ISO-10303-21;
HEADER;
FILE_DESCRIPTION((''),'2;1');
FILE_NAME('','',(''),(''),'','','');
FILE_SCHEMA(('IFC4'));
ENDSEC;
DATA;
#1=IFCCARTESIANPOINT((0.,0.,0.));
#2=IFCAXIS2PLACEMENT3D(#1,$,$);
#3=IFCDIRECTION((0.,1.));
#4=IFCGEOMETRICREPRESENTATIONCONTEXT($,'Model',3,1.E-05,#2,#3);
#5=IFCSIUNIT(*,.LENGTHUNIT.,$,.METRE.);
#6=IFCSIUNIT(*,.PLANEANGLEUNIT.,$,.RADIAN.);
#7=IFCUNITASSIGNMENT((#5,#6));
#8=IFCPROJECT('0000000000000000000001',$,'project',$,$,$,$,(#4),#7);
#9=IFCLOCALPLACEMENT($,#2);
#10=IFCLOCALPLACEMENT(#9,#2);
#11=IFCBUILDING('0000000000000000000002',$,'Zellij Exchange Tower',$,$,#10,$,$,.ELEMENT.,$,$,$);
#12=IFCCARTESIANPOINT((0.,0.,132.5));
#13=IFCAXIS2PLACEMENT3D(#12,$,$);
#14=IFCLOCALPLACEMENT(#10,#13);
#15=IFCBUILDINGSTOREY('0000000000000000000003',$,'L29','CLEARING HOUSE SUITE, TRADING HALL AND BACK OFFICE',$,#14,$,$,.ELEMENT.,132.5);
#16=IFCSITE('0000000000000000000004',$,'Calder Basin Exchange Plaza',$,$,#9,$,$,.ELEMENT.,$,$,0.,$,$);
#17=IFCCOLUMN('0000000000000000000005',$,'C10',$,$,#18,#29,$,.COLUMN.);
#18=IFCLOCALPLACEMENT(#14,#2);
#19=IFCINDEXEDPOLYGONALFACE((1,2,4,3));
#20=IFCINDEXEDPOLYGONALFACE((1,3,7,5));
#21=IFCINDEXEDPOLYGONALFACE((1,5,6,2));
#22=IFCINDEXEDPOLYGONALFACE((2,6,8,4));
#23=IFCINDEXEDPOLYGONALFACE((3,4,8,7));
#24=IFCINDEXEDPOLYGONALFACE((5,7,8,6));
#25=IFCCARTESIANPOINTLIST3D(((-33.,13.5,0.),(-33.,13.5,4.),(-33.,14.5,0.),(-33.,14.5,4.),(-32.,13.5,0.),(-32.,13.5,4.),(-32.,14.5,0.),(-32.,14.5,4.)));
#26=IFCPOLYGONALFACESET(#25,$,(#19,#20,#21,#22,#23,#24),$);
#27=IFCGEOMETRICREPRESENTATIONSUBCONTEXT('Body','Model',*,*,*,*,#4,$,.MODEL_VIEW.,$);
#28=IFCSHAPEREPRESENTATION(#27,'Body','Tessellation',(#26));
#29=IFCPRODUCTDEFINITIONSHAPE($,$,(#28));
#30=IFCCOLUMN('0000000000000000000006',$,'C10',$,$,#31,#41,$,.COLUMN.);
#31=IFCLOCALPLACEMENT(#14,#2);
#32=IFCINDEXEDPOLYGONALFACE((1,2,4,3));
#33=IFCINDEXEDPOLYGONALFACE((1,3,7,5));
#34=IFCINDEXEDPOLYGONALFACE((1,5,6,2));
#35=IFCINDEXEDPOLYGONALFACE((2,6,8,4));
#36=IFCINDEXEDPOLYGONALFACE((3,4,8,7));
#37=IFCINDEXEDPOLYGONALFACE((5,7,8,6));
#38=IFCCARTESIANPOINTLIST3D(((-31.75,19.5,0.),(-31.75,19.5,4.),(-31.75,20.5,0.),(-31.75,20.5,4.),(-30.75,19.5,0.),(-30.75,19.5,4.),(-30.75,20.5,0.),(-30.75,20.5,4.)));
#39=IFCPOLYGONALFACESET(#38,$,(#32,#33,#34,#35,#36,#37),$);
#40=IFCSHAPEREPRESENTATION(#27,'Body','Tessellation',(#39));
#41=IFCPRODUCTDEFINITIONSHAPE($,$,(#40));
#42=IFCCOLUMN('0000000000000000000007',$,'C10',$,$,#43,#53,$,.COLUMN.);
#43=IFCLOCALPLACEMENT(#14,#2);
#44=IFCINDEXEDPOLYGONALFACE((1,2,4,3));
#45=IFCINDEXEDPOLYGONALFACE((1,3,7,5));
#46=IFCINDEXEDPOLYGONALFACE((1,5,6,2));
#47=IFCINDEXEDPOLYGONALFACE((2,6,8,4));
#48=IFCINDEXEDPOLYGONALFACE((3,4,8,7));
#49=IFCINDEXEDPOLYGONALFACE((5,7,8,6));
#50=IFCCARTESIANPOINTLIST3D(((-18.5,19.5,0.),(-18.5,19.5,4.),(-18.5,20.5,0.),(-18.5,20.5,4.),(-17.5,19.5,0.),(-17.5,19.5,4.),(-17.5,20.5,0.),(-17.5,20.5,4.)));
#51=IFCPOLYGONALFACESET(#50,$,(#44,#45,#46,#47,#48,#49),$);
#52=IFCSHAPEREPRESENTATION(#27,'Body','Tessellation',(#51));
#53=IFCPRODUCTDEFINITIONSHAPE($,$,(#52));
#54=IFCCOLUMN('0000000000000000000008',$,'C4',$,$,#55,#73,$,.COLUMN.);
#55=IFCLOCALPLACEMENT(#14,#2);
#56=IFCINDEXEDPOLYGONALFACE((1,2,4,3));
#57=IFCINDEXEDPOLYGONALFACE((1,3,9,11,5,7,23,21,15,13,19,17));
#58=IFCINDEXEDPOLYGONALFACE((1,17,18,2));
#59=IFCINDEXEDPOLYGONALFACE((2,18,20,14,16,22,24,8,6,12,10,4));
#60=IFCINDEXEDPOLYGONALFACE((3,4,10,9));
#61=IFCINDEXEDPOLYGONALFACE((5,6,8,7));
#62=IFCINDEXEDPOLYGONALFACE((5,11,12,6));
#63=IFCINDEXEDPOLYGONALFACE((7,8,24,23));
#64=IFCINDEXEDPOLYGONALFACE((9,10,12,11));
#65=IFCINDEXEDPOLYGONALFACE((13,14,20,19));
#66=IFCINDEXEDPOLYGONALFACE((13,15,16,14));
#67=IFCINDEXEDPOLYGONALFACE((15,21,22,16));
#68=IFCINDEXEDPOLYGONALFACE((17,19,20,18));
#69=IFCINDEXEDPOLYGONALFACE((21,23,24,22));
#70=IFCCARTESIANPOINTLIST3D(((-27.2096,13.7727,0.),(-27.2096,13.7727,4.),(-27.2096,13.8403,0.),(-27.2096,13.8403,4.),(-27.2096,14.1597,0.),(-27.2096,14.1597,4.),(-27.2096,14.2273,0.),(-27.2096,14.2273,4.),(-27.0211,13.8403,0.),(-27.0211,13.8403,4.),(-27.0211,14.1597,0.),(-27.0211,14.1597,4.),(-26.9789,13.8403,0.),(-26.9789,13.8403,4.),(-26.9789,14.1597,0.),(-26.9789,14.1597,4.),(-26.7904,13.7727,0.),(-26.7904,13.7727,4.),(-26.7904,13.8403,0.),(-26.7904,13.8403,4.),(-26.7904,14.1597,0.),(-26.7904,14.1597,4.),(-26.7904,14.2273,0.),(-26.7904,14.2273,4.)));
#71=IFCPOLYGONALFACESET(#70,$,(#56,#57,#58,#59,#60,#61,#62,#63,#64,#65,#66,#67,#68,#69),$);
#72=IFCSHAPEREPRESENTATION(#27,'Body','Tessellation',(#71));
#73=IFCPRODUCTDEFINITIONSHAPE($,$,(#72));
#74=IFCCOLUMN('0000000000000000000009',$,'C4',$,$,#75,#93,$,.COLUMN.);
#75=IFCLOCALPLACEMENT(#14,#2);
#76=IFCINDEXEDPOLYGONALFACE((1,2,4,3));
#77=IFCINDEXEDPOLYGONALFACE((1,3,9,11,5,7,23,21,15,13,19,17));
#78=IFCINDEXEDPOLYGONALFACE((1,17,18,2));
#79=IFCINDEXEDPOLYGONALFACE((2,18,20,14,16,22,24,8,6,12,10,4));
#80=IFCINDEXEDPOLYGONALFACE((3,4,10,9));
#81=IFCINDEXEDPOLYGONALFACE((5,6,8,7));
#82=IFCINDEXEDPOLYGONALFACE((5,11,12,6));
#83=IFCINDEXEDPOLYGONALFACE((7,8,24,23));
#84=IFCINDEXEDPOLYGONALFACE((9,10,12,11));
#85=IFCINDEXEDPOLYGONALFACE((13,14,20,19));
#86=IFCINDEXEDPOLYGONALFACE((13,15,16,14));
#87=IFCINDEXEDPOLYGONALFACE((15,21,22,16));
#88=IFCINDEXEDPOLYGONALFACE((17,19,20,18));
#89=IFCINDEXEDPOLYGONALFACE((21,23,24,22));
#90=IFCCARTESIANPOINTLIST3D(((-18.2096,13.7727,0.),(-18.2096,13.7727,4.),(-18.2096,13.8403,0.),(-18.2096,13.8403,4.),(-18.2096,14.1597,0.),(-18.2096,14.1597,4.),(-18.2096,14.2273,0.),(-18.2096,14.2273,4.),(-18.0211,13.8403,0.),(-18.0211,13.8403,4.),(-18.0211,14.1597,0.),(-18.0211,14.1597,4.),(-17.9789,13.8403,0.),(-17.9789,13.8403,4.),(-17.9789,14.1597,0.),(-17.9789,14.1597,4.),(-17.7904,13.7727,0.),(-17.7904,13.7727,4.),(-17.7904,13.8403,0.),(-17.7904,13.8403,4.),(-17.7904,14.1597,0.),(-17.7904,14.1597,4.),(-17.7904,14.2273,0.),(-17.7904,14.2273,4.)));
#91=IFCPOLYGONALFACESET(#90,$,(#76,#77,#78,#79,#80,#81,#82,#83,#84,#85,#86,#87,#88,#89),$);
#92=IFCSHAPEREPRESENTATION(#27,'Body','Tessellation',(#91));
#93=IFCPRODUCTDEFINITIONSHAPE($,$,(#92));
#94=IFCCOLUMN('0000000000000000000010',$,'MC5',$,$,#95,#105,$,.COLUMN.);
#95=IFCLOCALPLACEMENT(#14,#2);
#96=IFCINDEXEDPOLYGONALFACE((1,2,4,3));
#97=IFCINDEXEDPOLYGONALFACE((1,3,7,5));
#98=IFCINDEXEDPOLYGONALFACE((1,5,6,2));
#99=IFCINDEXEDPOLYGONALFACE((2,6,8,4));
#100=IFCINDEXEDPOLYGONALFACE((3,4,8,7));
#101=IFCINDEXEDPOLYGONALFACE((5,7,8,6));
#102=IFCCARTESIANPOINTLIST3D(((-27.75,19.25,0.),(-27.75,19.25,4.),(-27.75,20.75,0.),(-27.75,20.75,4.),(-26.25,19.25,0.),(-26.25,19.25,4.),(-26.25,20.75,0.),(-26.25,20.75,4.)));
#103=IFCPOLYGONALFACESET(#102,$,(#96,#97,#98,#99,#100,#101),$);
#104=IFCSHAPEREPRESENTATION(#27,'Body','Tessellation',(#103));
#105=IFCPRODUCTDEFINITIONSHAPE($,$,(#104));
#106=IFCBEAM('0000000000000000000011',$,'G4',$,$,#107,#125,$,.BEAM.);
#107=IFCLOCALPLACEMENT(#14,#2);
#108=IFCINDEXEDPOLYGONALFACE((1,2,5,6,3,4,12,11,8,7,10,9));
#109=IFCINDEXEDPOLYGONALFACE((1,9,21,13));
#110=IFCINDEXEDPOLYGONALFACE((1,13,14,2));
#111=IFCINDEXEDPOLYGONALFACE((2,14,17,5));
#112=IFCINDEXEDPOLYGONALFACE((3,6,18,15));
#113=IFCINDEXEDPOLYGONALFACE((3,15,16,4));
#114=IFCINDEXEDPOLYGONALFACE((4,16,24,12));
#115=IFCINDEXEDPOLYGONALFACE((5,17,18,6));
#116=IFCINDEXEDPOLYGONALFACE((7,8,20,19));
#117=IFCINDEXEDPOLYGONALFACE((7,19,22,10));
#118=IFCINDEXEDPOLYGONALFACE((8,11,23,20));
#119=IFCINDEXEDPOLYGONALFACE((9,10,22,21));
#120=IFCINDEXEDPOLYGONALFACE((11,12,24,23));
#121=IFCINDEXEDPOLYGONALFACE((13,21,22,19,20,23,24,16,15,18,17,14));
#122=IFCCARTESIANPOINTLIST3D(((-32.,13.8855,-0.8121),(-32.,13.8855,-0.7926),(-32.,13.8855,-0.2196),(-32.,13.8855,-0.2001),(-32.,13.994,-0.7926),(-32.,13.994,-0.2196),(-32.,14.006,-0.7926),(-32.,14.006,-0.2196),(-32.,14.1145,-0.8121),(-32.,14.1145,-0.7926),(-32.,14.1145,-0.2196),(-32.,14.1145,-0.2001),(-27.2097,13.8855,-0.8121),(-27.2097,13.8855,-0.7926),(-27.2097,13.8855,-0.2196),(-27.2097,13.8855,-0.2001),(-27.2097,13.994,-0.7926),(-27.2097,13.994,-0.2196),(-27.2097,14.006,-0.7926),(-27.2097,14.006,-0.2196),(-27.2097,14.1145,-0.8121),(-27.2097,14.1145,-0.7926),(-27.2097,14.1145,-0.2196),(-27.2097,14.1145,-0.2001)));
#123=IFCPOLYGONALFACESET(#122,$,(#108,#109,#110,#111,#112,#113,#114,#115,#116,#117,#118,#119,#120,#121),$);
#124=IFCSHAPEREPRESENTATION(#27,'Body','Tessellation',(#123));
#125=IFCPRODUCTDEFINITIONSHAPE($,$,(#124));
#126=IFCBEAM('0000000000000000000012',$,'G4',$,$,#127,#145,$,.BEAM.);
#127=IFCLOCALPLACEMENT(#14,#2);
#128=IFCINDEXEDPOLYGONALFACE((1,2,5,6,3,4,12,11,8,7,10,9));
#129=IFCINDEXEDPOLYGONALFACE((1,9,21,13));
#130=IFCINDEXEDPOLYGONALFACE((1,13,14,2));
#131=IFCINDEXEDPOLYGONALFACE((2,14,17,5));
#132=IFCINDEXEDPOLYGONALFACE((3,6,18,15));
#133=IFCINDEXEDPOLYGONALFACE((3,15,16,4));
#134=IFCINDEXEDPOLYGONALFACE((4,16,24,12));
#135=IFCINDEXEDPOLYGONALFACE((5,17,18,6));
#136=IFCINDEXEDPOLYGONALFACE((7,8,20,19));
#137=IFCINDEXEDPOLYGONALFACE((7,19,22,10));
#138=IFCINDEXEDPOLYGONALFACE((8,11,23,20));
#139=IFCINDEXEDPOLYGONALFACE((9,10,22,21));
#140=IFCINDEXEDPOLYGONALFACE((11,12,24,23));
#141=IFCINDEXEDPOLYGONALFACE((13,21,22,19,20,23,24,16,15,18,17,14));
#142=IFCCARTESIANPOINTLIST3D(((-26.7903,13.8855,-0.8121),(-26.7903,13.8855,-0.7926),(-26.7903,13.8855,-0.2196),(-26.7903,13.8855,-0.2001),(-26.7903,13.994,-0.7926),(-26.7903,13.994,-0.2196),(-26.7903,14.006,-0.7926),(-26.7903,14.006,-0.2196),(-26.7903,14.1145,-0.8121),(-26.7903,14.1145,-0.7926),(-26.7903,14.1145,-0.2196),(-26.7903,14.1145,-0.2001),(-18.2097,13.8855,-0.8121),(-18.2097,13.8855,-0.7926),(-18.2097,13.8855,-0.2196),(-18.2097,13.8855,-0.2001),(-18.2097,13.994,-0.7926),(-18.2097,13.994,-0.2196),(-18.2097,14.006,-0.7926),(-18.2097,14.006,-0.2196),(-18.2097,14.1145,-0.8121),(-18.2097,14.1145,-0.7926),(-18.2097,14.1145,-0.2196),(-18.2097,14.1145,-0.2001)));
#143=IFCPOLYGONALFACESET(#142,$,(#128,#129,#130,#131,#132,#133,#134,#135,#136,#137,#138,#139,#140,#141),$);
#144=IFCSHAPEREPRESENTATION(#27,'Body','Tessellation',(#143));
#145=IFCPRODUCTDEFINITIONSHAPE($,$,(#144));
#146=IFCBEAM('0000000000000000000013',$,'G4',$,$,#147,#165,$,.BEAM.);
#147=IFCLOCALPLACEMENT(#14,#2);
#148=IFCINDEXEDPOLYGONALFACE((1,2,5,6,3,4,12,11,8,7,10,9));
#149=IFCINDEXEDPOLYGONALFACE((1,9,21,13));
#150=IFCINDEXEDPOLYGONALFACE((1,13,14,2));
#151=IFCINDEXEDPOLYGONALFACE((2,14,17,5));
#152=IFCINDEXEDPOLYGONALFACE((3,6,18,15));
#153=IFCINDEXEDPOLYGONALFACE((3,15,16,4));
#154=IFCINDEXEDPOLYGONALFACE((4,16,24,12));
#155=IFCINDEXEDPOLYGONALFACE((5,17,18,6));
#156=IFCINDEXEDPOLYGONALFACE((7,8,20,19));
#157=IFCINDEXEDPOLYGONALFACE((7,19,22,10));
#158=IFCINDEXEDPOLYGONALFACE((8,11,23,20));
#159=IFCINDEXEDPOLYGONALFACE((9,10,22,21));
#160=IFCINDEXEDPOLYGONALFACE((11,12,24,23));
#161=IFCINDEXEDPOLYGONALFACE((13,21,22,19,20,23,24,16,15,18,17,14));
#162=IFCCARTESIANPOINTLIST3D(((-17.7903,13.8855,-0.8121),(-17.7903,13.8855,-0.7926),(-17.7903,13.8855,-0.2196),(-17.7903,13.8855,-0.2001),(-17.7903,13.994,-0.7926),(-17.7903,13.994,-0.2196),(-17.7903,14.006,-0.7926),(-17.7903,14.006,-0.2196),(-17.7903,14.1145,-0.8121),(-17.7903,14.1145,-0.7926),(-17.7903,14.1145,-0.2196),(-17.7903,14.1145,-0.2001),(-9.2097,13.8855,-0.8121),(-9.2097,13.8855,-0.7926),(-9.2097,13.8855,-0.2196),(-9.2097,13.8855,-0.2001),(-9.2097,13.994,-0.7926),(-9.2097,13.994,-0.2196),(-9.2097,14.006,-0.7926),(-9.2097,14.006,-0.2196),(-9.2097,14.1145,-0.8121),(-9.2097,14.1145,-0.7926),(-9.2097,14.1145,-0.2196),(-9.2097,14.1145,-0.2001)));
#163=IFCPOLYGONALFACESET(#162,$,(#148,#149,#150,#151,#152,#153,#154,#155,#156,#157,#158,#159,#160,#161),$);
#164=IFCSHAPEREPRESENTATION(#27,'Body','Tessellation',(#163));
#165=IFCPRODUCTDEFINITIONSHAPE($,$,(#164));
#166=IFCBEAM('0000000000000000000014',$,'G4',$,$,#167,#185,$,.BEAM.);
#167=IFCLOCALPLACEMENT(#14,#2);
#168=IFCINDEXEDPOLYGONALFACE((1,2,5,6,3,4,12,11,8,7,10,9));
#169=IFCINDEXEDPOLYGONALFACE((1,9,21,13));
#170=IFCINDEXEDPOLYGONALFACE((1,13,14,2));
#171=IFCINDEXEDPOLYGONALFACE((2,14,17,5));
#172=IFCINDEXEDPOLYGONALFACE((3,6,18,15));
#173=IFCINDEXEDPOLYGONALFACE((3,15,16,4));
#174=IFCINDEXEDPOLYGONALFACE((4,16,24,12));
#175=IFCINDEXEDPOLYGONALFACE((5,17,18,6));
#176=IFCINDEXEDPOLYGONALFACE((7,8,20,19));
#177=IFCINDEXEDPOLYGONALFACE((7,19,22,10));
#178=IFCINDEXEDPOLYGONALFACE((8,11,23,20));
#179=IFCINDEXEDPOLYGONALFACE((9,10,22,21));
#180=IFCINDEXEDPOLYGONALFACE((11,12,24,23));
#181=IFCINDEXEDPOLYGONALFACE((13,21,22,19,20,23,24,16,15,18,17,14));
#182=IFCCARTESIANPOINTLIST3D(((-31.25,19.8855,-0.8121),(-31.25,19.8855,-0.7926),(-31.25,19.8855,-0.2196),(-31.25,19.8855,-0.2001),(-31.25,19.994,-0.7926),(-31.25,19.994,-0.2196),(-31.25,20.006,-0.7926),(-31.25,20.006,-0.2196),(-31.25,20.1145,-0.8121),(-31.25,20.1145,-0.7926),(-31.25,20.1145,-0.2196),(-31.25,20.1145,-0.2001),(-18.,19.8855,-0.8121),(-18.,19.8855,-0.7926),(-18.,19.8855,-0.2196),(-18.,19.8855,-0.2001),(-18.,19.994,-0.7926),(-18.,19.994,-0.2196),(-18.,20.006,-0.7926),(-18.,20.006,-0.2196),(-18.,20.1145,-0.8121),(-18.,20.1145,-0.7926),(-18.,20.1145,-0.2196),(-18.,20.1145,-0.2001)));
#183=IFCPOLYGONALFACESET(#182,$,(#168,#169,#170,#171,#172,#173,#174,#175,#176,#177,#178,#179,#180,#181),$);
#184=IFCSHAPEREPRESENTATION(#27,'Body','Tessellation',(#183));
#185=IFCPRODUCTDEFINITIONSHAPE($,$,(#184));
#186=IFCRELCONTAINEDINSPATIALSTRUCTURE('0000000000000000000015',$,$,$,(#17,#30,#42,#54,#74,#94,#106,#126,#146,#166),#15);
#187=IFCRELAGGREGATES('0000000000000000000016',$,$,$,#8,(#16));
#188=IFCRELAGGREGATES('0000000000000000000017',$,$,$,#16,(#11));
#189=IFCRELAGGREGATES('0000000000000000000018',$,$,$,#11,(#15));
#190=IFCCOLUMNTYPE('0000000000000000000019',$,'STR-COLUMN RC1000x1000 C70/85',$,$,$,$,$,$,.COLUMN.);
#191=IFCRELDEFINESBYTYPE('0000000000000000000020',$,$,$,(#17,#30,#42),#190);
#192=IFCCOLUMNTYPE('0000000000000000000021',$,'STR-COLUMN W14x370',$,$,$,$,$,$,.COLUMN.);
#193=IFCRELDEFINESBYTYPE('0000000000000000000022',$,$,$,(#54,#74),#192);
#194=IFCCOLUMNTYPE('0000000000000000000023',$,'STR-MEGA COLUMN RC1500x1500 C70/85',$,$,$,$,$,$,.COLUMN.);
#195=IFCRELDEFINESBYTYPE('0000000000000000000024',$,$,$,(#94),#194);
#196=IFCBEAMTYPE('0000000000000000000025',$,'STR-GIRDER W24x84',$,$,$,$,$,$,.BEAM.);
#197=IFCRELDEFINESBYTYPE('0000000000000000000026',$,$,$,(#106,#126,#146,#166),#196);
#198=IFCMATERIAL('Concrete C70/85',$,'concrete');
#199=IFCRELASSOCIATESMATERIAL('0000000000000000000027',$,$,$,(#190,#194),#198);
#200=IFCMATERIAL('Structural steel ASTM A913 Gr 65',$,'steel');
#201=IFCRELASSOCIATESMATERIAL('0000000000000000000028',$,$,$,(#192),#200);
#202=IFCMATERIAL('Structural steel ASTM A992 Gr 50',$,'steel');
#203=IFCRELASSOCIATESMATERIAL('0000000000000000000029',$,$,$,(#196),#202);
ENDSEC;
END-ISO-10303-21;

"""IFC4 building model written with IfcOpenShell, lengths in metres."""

from ifc_helpers import new_model, si_unit, direction, frame, origin, origin_2d, place, context, subcontext, project, spatial, rectangle, i_section, extrude, material, material_profile, profile_set, type_object, element, save


model = new_model("IFC4")

# Units and contexts
model_context = context("Model", 3, precision=1e-05, world=origin(), true_north=direction((0.0, 1.0)))
body_context = subcontext(model_context, "Body", "Model", "MODEL_VIEW")
ifc_project = project(units=[si_unit("LENGTHUNIT", "METRE"), si_unit("PLANEANGLEUNIT", "RADIAN")], contexts=[model_context])

# Site, building, storey
site_placement = place(None, origin())
site = spatial("IfcSite", under=ifc_project, at=site_placement, Name="Calder Basin Exchange Plaza", CompositionType="ELEMENT", RefElevation=0.0)
building_placement = place(site_placement, origin())
building = spatial("IfcBuilding", under=site, at=building_placement, Name="Zellij Exchange Tower", CompositionType="ELEMENT")
storey_placement = place(building_placement, frame((0.0, 0.0, 132.5)))
storey = spatial("IfcBuildingStorey", under=building, at=storey_placement, Name="L29", Description="CLEARING HOUSE SUITE, TRADING HALL AND BACK OFFICE", CompositionType="ELEMENT", Elevation=132.5)

# Columns
ifc_material_1 = material(Name="Concrete C70/85", Category="concrete")
ifc_material_profile_1 = material_profile(ifc_material_1, rectangle(XDim=1.0, YDim=1.0, at=origin_2d()), Name="STR-COLUMN RC1000x1000 C70/85")
ifc_profile_set_1 = profile_set([ifc_material_profile_1], Name="Concrete C70/85")
column_type_1 = type_object("IfcColumnType", Name="STR-COLUMN RC1000x1000 C70/85", PredefinedType="COLUMN", material=ifc_profile_set_1)
for number, where, z_axis, x_axis, name in (
    (1, (-32.5, 14.0, 0.0), (0.0, 0.0, 1.0), (1.0, 0.0, 0.0), "C10"),
    (2, (-31.25, 20.0, 0.0), (0.0, 0.0, 1.0), (1.0, 0.0, 0.0), "C10"),
    (3, (-18.0, 20.0, 0.0), (0.0, 0.0, 1.0), (1.0, 0.0, 0.0), "C10"),
):
    element("IfcColumn", number, at=place(storey_placement, frame(where, z_axis=z_axis, x_axis=x_axis)), inside=storey, type_object=column_type_1, Name=name, PredefinedType="COLUMN", context=body_context, shape_type="SweptSolid", body=[
        extrude(rectangle(XDim=1.0, YDim=1.0, at=origin_2d()), origin(), (0.0, 0.0, 1.0), 4.0),
    ])
ifc_material_2 = material(Name="Structural steel ASTM A913 Gr 65", Category="steel")
ifc_material_profile_2 = material_profile(ifc_material_2, i_section(OverallWidth=0.4192, OverallDepth=0.4546, WebThickness=0.0422, FlangeThickness=0.0676, at=origin_2d()), Name="W14x370")
ifc_profile_set_2 = profile_set([ifc_material_profile_2], Name="Structural steel ASTM A913 Gr 65")
column_type_2 = type_object("IfcColumnType", Name="STR-COLUMN W14x370", PredefinedType="COLUMN", material=ifc_profile_set_2)
for number, where, z_axis, x_axis, name in (
    (4, (-27.0, 14.0, 0.0), (0.0, 0.0, 1.0), (1.0, 0.0, 0.0), "C4"),
    (5, (-18.0, 14.0, 0.0), (0.0, 0.0, 1.0), (1.0, 0.0, 0.0), "C4"),
):
    element("IfcColumn", number, at=place(storey_placement, frame(where, z_axis=z_axis, x_axis=x_axis)), inside=storey, type_object=column_type_2, Name=name, PredefinedType="COLUMN", context=body_context, shape_type="SweptSolid", body=[
        extrude(i_section(OverallWidth=0.4192, OverallDepth=0.4546, WebThickness=0.0422, FlangeThickness=0.0676, at=origin_2d()), origin(), (0.0, 0.0, 1.0), 4.0),
    ])
ifc_material_profile_3 = material_profile(ifc_material_1, rectangle(XDim=1.5, YDim=1.5, at=origin_2d()), Name="STR-MEGA COLUMN RC1500x1500 C70/85")
ifc_profile_set_3 = profile_set([ifc_material_profile_3], Name="Concrete C70/85")
column_type_3 = type_object("IfcColumnType", Name="STR-MEGA COLUMN RC1500x1500 C70/85", PredefinedType="COLUMN", material=ifc_profile_set_3)
column_placement = place(storey_placement, frame((-27.0, 20.0, 0.0), z_axis=(0.0, 0.0, 1.0), x_axis=(1.0, 0.0, 0.0)))
element("IfcColumn", 6, at=column_placement, inside=storey, type_object=column_type_3, Name="MC5", PredefinedType="COLUMN", context=body_context, shape_type="SweptSolid", body=[
    extrude(rectangle(XDim=1.5, YDim=1.5, at=origin_2d()), origin(), (0.0, 0.0, 1.0), 4.0),
])

# Beams
ifc_material_3 = material(Name="Structural steel ASTM A992 Gr 50", Category="steel")
ifc_material_profile_4 = material_profile(ifc_material_3, i_section(OverallWidth=0.229, OverallDepth=0.6121, WebThickness=0.012, FlangeThickness=0.0195, at=origin_2d()), Name="W24x84")
ifc_profile_set_4 = profile_set([ifc_material_profile_4], Name="Structural steel ASTM A992 Gr 50")
beam_type = type_object("IfcBeamType", Name="STR-GIRDER W24x84", PredefinedType="BEAM", material=ifc_profile_set_4)
beam_1_placement = place(storey_placement, frame((-32.0, 14.0, -0.5061), z_axis=(1.0, 0.0, 0.0), x_axis=(0.0, 1.0, 0.0)))
element("IfcBeam", 7, at=beam_1_placement, inside=storey, type_object=beam_type, Name="G4", PredefinedType="BEAM", context=body_context, shape_type="SweptSolid", body=[
    extrude(i_section(OverallWidth=0.229, OverallDepth=0.6121, WebThickness=0.012, FlangeThickness=0.0195, at=origin_2d()), origin(), (0.0, 0.0, 1.0), 4.7903),
])
for number, where, z_axis, x_axis, name in (
    (8, (-26.7903, 14.0, -0.5061), (1.0, 0.0, 0.0), (0.0, 1.0, 0.0), "G4"),
    (9, (-17.7903, 14.0, -0.5061), (1.0, 0.0, 0.0), (0.0, 1.0, 0.0), "G4"),
):
    element("IfcBeam", number, at=place(storey_placement, frame(where, z_axis=z_axis, x_axis=x_axis)), inside=storey, type_object=beam_type, Name=name, PredefinedType="BEAM", context=body_context, shape_type="SweptSolid", body=[
        extrude(i_section(OverallWidth=0.229, OverallDepth=0.6121, WebThickness=0.012, FlangeThickness=0.0195, at=origin_2d()), origin(), (0.0, 0.0, 1.0), 8.5806),
    ])
beam_2_placement = place(storey_placement, frame((-31.25, 20.0, -0.5061), z_axis=(1.0, 0.0, 0.0), x_axis=(0.0, 1.0, 0.0)))
element("IfcBeam", 10, at=beam_2_placement, inside=storey, type_object=beam_type, Name="G4", PredefinedType="BEAM", context=body_context, shape_type="SweptSolid", body=[
    extrude(i_section(OverallWidth=0.229, OverallDepth=0.6121, WebThickness=0.012, FlangeThickness=0.0195, at=origin_2d()), origin(), (0.0, 0.0, 1.0), 13.25),
])

save(model, "model.ifc")
